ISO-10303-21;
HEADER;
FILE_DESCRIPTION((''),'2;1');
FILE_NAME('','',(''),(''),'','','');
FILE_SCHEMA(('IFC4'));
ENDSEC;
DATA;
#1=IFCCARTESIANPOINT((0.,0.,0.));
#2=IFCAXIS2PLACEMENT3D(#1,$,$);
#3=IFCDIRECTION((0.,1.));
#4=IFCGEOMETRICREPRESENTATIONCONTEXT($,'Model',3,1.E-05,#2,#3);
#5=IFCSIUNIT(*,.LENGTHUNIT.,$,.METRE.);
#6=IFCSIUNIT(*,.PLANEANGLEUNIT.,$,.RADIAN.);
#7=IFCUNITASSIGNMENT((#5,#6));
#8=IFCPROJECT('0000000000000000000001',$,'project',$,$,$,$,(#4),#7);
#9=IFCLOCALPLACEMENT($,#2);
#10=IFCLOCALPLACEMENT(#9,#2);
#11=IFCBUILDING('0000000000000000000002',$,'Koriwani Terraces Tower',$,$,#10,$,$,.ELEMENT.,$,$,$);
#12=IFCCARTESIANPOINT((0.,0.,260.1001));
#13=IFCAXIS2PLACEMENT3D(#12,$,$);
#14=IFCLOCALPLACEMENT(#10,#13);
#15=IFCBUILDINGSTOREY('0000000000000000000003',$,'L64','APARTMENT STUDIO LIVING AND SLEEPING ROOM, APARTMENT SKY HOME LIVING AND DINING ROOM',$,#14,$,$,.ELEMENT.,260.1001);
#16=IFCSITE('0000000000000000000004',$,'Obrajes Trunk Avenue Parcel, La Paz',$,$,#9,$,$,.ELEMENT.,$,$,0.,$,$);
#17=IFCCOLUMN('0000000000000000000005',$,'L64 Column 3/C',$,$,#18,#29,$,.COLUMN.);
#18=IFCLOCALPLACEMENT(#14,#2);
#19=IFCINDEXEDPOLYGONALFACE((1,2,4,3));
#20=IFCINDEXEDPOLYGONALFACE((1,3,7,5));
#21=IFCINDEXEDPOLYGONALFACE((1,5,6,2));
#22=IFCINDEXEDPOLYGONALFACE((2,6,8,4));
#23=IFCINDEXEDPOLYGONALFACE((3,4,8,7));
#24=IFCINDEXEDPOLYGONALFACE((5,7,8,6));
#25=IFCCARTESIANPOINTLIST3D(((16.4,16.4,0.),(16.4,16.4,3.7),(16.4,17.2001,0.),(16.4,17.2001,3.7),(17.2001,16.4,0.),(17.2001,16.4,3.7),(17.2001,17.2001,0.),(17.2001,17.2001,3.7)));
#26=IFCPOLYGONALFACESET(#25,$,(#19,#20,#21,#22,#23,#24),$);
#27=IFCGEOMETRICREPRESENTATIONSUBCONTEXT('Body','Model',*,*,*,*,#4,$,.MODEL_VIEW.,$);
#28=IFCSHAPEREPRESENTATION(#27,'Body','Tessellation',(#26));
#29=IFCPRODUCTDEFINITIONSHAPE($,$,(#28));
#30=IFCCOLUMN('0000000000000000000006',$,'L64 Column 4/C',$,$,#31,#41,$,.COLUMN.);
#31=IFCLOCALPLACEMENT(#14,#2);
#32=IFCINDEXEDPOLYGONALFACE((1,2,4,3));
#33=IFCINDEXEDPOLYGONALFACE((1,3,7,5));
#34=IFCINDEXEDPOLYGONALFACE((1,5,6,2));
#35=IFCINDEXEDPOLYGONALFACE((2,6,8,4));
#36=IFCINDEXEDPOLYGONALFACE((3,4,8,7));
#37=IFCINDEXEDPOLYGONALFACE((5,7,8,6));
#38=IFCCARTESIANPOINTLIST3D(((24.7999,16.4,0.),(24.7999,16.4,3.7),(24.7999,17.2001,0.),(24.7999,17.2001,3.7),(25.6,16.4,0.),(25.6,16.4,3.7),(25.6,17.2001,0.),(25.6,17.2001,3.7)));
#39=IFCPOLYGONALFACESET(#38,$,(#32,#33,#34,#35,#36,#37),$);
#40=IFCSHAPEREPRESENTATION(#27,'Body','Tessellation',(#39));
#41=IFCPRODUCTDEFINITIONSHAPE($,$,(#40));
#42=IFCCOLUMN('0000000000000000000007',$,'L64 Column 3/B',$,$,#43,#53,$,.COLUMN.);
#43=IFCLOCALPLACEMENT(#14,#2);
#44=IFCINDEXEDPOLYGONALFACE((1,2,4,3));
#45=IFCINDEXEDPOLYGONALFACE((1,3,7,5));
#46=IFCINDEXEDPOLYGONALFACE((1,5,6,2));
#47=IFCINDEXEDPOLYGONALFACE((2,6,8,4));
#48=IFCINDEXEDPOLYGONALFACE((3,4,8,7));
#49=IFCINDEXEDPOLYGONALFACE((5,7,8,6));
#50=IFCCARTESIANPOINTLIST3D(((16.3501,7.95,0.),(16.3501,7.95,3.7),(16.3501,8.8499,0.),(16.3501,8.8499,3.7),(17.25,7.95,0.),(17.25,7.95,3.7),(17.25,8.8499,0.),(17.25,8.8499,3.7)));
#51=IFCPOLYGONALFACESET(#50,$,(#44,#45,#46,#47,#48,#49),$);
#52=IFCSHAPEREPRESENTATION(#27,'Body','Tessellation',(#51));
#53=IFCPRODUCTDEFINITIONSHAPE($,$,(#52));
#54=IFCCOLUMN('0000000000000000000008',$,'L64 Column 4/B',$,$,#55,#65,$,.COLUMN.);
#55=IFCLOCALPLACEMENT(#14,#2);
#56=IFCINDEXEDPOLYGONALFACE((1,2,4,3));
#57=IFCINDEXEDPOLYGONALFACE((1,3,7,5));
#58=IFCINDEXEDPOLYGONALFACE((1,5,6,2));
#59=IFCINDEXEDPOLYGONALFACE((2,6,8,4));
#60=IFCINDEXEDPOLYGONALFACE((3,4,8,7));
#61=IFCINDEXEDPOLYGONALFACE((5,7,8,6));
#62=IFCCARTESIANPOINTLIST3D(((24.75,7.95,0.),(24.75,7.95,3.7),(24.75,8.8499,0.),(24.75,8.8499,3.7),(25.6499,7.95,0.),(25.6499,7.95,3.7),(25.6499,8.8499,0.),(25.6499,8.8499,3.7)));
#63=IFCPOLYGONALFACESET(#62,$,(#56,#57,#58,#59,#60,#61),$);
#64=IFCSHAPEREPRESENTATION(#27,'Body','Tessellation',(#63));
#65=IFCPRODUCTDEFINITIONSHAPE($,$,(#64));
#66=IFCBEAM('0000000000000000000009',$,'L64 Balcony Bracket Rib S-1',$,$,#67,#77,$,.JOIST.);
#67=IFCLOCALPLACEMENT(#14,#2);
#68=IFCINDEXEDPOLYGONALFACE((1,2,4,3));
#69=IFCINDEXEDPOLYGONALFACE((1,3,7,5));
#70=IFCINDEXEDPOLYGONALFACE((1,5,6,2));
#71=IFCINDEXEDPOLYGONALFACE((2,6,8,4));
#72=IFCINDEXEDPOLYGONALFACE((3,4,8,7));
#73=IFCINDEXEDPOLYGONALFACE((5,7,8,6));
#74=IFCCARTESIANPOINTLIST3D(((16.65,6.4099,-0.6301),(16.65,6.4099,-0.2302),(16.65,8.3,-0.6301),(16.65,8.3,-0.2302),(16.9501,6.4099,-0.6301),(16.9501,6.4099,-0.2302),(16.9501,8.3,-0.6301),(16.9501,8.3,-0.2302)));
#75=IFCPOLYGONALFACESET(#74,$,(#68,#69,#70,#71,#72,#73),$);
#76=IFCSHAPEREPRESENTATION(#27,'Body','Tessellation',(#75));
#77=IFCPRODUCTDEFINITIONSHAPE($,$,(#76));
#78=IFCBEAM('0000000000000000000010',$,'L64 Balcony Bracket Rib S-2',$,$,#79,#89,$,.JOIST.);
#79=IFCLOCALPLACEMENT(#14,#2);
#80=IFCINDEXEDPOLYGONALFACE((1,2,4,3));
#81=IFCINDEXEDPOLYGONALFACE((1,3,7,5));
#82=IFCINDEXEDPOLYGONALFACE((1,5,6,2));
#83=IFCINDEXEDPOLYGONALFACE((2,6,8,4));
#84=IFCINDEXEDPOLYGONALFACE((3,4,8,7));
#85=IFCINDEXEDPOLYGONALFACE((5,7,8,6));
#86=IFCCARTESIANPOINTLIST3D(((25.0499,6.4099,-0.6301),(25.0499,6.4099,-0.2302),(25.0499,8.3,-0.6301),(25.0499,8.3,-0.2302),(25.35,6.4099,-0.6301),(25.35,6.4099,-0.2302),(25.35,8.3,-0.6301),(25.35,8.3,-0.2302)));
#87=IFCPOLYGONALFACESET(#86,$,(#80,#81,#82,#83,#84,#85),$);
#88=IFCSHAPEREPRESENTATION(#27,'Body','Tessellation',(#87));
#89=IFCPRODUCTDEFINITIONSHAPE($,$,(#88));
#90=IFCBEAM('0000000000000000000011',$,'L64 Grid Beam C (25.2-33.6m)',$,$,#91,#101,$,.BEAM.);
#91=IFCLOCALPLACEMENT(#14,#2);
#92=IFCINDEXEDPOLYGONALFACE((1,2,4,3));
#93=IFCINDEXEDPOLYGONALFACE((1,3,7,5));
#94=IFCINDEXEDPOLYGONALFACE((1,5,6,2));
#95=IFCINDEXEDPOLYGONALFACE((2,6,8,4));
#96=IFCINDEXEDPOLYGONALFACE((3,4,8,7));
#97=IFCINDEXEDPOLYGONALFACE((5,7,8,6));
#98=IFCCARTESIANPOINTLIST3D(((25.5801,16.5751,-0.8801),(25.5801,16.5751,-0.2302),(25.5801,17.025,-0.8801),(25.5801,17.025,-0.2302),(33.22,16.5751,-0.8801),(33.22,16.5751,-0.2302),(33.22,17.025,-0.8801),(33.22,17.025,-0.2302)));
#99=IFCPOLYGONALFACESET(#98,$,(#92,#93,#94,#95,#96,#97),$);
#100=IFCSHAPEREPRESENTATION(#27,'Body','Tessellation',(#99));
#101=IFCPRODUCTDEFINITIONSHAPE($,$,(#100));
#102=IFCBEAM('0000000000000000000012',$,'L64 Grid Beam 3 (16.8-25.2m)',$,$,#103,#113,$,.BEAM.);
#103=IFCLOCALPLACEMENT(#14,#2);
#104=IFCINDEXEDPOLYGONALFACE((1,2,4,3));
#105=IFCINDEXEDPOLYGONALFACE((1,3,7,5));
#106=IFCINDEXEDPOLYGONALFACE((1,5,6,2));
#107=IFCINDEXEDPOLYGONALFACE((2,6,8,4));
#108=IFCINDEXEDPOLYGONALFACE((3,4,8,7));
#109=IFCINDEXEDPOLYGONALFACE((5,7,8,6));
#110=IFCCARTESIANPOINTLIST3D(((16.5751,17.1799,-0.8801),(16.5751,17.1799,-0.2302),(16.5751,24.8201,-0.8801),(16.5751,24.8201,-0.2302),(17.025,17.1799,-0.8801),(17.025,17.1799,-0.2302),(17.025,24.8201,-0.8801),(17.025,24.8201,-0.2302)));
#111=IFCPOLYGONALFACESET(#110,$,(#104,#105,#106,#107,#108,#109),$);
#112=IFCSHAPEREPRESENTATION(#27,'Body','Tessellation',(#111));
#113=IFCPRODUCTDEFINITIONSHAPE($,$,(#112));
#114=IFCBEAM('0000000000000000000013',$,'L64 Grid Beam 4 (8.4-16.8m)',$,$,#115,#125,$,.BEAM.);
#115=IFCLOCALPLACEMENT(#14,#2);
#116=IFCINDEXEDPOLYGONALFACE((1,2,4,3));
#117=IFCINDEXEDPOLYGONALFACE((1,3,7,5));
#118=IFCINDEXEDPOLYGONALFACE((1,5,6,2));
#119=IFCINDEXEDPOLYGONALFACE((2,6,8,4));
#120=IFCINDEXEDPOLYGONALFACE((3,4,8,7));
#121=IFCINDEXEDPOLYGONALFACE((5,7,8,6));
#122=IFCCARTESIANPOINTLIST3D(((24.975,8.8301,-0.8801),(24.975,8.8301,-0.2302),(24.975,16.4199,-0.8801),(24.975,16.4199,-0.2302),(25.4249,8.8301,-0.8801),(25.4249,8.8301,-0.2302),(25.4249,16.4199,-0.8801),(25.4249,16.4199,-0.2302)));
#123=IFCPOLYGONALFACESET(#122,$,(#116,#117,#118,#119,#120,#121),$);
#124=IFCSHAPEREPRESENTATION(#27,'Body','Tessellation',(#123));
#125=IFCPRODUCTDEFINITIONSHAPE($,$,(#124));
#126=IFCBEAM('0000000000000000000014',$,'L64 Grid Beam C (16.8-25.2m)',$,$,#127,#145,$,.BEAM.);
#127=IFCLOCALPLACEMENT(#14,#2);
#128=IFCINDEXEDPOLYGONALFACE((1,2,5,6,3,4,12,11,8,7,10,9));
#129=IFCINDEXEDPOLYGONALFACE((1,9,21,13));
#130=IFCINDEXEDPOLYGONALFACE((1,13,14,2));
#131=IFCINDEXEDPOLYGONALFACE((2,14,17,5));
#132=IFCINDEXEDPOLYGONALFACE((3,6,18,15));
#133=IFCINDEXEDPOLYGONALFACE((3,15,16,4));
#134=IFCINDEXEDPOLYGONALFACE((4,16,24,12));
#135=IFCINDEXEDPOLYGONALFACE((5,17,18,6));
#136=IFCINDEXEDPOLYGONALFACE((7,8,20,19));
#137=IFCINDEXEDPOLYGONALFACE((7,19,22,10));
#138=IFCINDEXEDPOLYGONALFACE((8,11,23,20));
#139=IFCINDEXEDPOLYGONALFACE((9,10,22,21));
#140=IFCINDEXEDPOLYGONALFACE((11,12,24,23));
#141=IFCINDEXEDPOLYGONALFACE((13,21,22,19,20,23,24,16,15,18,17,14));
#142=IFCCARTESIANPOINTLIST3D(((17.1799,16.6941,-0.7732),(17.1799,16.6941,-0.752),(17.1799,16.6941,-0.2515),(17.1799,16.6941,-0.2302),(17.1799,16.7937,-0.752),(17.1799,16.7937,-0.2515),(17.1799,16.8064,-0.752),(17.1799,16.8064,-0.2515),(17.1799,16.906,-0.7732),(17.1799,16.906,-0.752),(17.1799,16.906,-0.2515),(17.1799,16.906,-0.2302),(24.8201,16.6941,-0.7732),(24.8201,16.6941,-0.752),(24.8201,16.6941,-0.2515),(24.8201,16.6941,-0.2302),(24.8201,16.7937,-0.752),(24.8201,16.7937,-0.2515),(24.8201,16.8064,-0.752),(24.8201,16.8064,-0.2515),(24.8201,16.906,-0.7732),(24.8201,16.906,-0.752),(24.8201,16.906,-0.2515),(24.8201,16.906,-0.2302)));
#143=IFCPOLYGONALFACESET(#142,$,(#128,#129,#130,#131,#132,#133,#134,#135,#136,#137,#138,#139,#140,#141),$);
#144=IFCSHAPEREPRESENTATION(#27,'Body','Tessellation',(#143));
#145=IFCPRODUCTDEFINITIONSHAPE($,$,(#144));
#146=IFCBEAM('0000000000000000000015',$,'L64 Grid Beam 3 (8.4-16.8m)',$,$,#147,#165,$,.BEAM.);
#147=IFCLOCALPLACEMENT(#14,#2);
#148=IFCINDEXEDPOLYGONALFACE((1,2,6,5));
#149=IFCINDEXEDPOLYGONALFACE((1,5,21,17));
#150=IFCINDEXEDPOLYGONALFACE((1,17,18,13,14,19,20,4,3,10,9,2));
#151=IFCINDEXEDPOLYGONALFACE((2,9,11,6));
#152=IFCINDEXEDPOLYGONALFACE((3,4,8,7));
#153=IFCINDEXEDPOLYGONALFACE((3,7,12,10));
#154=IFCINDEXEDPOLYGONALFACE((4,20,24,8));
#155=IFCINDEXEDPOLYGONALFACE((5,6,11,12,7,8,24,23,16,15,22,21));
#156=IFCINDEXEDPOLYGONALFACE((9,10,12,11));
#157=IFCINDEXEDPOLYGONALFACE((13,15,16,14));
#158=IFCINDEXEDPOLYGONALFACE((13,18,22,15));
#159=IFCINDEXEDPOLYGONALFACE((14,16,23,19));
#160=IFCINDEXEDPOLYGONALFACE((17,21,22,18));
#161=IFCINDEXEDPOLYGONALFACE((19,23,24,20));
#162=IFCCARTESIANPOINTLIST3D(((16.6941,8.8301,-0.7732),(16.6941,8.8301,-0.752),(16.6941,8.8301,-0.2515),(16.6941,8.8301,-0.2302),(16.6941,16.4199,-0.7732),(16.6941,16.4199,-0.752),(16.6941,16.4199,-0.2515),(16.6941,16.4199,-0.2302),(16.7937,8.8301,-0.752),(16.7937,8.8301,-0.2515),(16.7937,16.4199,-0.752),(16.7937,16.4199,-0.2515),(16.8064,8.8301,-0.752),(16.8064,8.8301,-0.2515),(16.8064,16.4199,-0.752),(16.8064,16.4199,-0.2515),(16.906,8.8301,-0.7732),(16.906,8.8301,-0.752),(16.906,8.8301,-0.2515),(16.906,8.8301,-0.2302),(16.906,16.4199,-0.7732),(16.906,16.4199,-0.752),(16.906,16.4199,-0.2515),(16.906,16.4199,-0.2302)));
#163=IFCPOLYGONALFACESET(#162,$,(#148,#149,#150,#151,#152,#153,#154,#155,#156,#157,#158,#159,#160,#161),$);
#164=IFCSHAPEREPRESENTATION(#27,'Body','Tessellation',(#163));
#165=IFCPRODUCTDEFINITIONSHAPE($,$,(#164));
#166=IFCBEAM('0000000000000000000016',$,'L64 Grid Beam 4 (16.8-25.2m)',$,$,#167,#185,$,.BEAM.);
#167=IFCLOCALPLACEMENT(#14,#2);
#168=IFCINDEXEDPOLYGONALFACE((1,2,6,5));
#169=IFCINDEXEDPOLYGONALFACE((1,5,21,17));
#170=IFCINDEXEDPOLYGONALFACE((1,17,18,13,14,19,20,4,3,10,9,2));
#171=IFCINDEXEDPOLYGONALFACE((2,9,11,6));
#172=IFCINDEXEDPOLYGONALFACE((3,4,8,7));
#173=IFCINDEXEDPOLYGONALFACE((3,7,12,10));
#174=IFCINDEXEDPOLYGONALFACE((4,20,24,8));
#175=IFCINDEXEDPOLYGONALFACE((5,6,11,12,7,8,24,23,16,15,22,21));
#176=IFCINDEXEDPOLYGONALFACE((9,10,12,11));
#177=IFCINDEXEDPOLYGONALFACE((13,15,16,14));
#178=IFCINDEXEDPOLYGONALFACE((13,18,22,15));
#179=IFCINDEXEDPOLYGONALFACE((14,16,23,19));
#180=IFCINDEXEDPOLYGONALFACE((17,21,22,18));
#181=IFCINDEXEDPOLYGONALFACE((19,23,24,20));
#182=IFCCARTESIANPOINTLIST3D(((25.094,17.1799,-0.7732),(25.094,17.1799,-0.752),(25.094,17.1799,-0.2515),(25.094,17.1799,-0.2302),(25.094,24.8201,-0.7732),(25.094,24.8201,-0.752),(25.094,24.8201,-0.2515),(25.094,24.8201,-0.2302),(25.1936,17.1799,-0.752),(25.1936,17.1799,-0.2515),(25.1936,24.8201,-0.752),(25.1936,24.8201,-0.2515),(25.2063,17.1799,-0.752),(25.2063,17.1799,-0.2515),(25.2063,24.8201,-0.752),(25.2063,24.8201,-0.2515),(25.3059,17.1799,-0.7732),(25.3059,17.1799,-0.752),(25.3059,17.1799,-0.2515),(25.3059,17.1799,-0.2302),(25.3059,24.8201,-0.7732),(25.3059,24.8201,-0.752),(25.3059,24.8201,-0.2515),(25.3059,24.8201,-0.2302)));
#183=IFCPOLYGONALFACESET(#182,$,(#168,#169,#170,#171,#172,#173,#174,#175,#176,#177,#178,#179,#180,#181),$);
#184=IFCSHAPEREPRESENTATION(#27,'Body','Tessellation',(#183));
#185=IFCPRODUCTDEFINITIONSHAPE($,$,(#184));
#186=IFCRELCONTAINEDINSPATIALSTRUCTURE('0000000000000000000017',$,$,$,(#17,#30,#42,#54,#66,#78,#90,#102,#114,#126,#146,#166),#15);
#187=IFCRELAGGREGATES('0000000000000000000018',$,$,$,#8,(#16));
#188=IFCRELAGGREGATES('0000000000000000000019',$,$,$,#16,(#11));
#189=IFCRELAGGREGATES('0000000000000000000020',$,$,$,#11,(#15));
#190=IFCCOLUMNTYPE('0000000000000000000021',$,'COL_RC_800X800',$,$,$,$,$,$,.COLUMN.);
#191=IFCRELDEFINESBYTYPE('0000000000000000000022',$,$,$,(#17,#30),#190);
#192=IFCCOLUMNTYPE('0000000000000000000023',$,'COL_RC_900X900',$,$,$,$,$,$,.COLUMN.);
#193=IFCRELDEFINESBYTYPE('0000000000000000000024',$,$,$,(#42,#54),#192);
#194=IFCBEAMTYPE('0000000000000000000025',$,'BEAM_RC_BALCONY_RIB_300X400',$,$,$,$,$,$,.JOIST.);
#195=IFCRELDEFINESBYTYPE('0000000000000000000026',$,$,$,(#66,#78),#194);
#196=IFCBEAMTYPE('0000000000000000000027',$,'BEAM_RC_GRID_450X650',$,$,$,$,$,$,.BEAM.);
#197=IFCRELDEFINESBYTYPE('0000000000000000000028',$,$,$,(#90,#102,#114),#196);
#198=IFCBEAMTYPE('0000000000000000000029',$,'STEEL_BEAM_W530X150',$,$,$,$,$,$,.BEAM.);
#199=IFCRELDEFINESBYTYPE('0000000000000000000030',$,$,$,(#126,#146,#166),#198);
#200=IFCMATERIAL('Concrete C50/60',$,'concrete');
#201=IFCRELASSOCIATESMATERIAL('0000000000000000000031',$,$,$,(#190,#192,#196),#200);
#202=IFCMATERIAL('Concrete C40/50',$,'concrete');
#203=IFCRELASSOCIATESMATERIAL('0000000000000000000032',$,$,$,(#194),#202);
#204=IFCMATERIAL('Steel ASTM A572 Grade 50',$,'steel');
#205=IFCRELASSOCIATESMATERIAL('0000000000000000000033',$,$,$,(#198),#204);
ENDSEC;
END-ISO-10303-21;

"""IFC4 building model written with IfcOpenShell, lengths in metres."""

from ifc_helpers import new_model, si_unit, direction, frame, origin, origin_2d, place, context, subcontext, project, spatial, rectangle, i_section, extrude, material, material_profile, profile_set, type_object, element, save


model = new_model("IFC4")

# Units and contexts
model_context = context("Model", 3, precision=1e-05, world=origin(), true_north=direction((0.0, 1.0)))
body_context = subcontext(model_context, "Body", "Model", "MODEL_VIEW")
ifc_project = project(units=[si_unit("LENGTHUNIT", "METRE"), si_unit("PLANEANGLEUNIT", "RADIAN")], contexts=[model_context])

# Site, building, storey
site_placement = place(None, origin())
site = spatial("IfcSite", under=ifc_project, at=site_placement, Name="Obrajes Trunk Avenue Parcel, La Paz", CompositionType="ELEMENT", RefElevation=0.0)
building_placement = place(site_placement, origin())
building = spatial("IfcBuilding", under=site, at=building_placement, Name="Koriwani Terraces Tower", CompositionType="ELEMENT")
storey_placement = place(building_placement, frame((0.0, 0.0, 260.1001)))
storey = spatial("IfcBuildingStorey", under=building, at=storey_placement, Name="L64", Description="APARTMENT STUDIO LIVING AND SLEEPING ROOM, APARTMENT SKY HOME LIVING AND DINING ROOM", CompositionType="ELEMENT", Elevation=260.1001)

# Columns
ifc_material_1 = material(Name="Concrete C50/60", Category="concrete")
ifc_material_profile_1 = material_profile(ifc_material_1, rectangle(XDim=0.8, YDim=0.8, at=origin_2d()), Name="Concrete C50/60", Category="LoadBearing")
ifc_profile_set_1 = profile_set([ifc_material_profile_1], Name="Concrete C50/60")
column_type_1 = type_object("IfcColumnType", Name="COL_RC_800X800", PredefinedType="COLUMN", material=ifc_profile_set_1)
for number, where, z_axis, x_axis, name in (
    (1, (16.8, 16.8, 0.0), (0.0, 0.0, 1.0), (1.0, 0.0, 0.0), "L64 Column 3/C"),
    (2, (25.2, 16.8, 0.0), (0.0, 0.0, 1.0), (1.0, 0.0, 0.0), "L64 Column 4/C"),
):
    element("IfcColumn", number, at=place(storey_placement, frame(where, z_axis=z_axis, x_axis=x_axis)), inside=storey, type_object=column_type_1, Name=name, PredefinedType="COLUMN", context=body_context, shape_type="SweptSolid", body=[
        extrude(rectangle(XDim=0.8, YDim=0.8, at=origin_2d()), origin(), (0.0, 0.0, 1.0), 3.7),
    ])
ifc_material_profile_2 = material_profile(ifc_material_1, rectangle(XDim=0.8999, YDim=0.8999, at=origin_2d()), Name="Concrete C50/60", Category="LoadBearing")
ifc_profile_set_2 = profile_set([ifc_material_profile_2], Name="Concrete C50/60")
column_type_2 = type_object("IfcColumnType", Name="COL_RC_900X900", PredefinedType="COLUMN", material=ifc_profile_set_2)
for number, where, z_axis, x_axis, name in (
    (3, (16.8, 8.3999, 0.0), (0.0, 0.0, 1.0), (1.0, 0.0, 0.0), "L64 Column 3/B"),
    (4, (25.2, 8.3999, 0.0), (0.0, 0.0, 1.0), (1.0, 0.0, 0.0), "L64 Column 4/B"),
):
    element("IfcColumn", number, at=place(storey_placement, frame(where, z_axis=z_axis, x_axis=x_axis)), inside=storey, type_object=column_type_2, Name=name, PredefinedType="COLUMN", context=body_context, shape_type="SweptSolid", body=[
        extrude(rectangle(XDim=0.8999, YDim=0.8999, at=origin_2d()), origin(), (0.0, 0.0, 1.0), 3.7),
    ])

# Beams
ifc_material_2 = material(Name="Concrete C40/50", Category="concrete")
ifc_material_profile_3 = material_profile(ifc_material_2, rectangle(XDim=0.3, YDim=0.3999, at=origin_2d()), Name="Concrete C40/50", Category="LoadBearing")
ifc_profile_set_3 = profile_set([ifc_material_profile_3], Name="Concrete C40/50")
beam_type_1 = type_object("IfcBeamType", Name="BEAM_RC_BALCONY_RIB_300X400", PredefinedType="JOIST", material=ifc_profile_set_3)
for number, where, z_axis, x_axis, name in (
    (5, (16.8, 6.4099, -0.4302), (0.0, 1.0, 0.0), (-1.0, 0.0, 0.0), "L64 Balcony Bracket Rib S-1"),
    (6, (25.2, 6.4099, -0.4302), (0.0, 1.0, 0.0), (-1.0, 0.0, 0.0), "L64 Balcony Bracket Rib S-2"),
):
    element("IfcBeam", number, at=place(storey_placement, frame(where, z_axis=z_axis, x_axis=x_axis)), inside=storey, type_object=beam_type_1, Name=name, PredefinedType="JOIST", context=body_context, shape_type="SweptSolid", body=[
        extrude(rectangle(XDim=0.3, YDim=0.3999, at=origin_2d()), origin(), (0.0, 0.0, 1.0), 1.8901),
    ])
ifc_material_profile_4 = material_profile(ifc_material_1, rectangle(XDim=0.45, YDim=0.6499, at=origin_2d()), Name="Concrete C50/60", Category="LoadBearing")
ifc_profile_set_4 = profile_set([ifc_material_profile_4], Name="Concrete C50/60")
beam_type_2 = type_object("IfcBeamType", Name="BEAM_RC_GRID_450X650", PredefinedType="BEAM", material=ifc_profile_set_4)
beam_1_placement = place(storey_placement, frame((25.5801, 16.8, -0.5552), z_axis=(1.0, 0.0, 0.0), x_axis=(0.0, 1.0, 0.0)))
element("IfcBeam", 7, at=beam_1_placement, inside=storey, type_object=beam_type_2, Name="L64 Grid Beam C (25.2-33.6m)", PredefinedType="BEAM", context=body_context, shape_type="SweptSolid", body=[
    extrude(rectangle(XDim=0.45, YDim=0.6499, at=origin_2d()), origin(), (0.0, 0.0, 1.0), 7.6399),
])
beam_2_placement = place(storey_placement, frame((16.8, 17.1799, -0.5552), z_axis=(0.0, 1.0, 0.0), x_axis=(-1.0, 0.0, 0.0)))
element("IfcBeam", 8, at=beam_2_placement, inside=storey, type_object=beam_type_2, Name="L64 Grid Beam 3 (16.8-25.2m)", PredefinedType="BEAM", context=body_context, shape_type="SweptSolid", body=[
    extrude(rectangle(XDim=0.45, YDim=0.6499, at=origin_2d()), origin(), (0.0, 0.0, 1.0), 7.6401),
])
beam_3_placement = place(storey_placement, frame((25.2, 8.8301, -0.5552), z_axis=(0.0, 1.0, 0.0), x_axis=(-1.0, 0.0, 0.0)))
element("IfcBeam", 9, at=beam_3_placement, inside=storey, type_object=beam_type_2, Name="L64 Grid Beam 4 (8.4-16.8m)", PredefinedType="BEAM", context=body_context, shape_type="SweptSolid", body=[
    extrude(rectangle(XDim=0.45, YDim=0.6499, at=origin_2d()), origin(), (0.0, 0.0, 1.0), 7.5898),
])
ifc_material_3 = material(Name="Steel ASTM A572 Grade 50", Category="steel")
ifc_material_profile_5 = material_profile(ifc_material_3, i_section(OverallWidth=0.2119, OverallDepth=0.543, WebThickness=0.0127, FlangeThickness=0.0212, at=origin_2d()), Name="Steel ASTM A572 Grade 50", Category="LoadBearing")
ifc_profile_set_5 = profile_set([ifc_material_profile_5], Name="Steel ASTM A572 Grade 50")
beam_type_3 = type_object("IfcBeamType", Name="STEEL_BEAM_W530X150", PredefinedType="BEAM", material=ifc_profile_set_5)
beam_4_placement = place(storey_placement, frame((17.1799, 16.8, -0.5017), z_axis=(1.0, 0.0, 0.0), x_axis=(0.0, 1.0, 0.0)))
element("IfcBeam", 10, at=beam_4_placement, inside=storey, type_object=beam_type_3, Name="L64 Grid Beam C (16.8-25.2m)", PredefinedType="BEAM", context=body_context, shape_type="SweptSolid", body=[
    extrude(i_section(OverallWidth=0.2119, OverallDepth=0.543, WebThickness=0.0127, FlangeThickness=0.0212, at=origin_2d()), origin(), (0.0, 0.0, 1.0), 7.6401),
])
beam_5_placement = place(storey_placement, frame((16.8, 8.8301, -0.5017), z_axis=(0.0, 1.0, 0.0), x_axis=(-1.0, 0.0, 0.0)))
element("IfcBeam", 11, at=beam_5_placement, inside=storey, type_object=beam_type_3, Name="L64 Grid Beam 3 (8.4-16.8m)", PredefinedType="BEAM", context=body_context, shape_type="SweptSolid", body=[
    extrude(i_section(OverallWidth=0.2119, OverallDepth=0.543, WebThickness=0.0127, FlangeThickness=0.0212, at=origin_2d()), origin(), (0.0, 0.0, 1.0), 7.5898),
])
beam_6_placement = place(storey_placement, frame((25.2, 17.1799, -0.5017), z_axis=(0.0, 1.0, 0.0), x_axis=(-1.0, 0.0, 0.0)))
element("IfcBeam", 12, at=beam_6_placement, inside=storey, type_object=beam_type_3, Name="L64 Grid Beam 4 (16.8-25.2m)", PredefinedType="BEAM", context=body_context, shape_type="SweptSolid", body=[
    extrude(i_section(OverallWidth=0.2119, OverallDepth=0.543, WebThickness=0.0127, FlangeThickness=0.0212, at=origin_2d()), origin(), (0.0, 0.0, 1.0), 7.6401),
])

save(model, "model.ifc")
